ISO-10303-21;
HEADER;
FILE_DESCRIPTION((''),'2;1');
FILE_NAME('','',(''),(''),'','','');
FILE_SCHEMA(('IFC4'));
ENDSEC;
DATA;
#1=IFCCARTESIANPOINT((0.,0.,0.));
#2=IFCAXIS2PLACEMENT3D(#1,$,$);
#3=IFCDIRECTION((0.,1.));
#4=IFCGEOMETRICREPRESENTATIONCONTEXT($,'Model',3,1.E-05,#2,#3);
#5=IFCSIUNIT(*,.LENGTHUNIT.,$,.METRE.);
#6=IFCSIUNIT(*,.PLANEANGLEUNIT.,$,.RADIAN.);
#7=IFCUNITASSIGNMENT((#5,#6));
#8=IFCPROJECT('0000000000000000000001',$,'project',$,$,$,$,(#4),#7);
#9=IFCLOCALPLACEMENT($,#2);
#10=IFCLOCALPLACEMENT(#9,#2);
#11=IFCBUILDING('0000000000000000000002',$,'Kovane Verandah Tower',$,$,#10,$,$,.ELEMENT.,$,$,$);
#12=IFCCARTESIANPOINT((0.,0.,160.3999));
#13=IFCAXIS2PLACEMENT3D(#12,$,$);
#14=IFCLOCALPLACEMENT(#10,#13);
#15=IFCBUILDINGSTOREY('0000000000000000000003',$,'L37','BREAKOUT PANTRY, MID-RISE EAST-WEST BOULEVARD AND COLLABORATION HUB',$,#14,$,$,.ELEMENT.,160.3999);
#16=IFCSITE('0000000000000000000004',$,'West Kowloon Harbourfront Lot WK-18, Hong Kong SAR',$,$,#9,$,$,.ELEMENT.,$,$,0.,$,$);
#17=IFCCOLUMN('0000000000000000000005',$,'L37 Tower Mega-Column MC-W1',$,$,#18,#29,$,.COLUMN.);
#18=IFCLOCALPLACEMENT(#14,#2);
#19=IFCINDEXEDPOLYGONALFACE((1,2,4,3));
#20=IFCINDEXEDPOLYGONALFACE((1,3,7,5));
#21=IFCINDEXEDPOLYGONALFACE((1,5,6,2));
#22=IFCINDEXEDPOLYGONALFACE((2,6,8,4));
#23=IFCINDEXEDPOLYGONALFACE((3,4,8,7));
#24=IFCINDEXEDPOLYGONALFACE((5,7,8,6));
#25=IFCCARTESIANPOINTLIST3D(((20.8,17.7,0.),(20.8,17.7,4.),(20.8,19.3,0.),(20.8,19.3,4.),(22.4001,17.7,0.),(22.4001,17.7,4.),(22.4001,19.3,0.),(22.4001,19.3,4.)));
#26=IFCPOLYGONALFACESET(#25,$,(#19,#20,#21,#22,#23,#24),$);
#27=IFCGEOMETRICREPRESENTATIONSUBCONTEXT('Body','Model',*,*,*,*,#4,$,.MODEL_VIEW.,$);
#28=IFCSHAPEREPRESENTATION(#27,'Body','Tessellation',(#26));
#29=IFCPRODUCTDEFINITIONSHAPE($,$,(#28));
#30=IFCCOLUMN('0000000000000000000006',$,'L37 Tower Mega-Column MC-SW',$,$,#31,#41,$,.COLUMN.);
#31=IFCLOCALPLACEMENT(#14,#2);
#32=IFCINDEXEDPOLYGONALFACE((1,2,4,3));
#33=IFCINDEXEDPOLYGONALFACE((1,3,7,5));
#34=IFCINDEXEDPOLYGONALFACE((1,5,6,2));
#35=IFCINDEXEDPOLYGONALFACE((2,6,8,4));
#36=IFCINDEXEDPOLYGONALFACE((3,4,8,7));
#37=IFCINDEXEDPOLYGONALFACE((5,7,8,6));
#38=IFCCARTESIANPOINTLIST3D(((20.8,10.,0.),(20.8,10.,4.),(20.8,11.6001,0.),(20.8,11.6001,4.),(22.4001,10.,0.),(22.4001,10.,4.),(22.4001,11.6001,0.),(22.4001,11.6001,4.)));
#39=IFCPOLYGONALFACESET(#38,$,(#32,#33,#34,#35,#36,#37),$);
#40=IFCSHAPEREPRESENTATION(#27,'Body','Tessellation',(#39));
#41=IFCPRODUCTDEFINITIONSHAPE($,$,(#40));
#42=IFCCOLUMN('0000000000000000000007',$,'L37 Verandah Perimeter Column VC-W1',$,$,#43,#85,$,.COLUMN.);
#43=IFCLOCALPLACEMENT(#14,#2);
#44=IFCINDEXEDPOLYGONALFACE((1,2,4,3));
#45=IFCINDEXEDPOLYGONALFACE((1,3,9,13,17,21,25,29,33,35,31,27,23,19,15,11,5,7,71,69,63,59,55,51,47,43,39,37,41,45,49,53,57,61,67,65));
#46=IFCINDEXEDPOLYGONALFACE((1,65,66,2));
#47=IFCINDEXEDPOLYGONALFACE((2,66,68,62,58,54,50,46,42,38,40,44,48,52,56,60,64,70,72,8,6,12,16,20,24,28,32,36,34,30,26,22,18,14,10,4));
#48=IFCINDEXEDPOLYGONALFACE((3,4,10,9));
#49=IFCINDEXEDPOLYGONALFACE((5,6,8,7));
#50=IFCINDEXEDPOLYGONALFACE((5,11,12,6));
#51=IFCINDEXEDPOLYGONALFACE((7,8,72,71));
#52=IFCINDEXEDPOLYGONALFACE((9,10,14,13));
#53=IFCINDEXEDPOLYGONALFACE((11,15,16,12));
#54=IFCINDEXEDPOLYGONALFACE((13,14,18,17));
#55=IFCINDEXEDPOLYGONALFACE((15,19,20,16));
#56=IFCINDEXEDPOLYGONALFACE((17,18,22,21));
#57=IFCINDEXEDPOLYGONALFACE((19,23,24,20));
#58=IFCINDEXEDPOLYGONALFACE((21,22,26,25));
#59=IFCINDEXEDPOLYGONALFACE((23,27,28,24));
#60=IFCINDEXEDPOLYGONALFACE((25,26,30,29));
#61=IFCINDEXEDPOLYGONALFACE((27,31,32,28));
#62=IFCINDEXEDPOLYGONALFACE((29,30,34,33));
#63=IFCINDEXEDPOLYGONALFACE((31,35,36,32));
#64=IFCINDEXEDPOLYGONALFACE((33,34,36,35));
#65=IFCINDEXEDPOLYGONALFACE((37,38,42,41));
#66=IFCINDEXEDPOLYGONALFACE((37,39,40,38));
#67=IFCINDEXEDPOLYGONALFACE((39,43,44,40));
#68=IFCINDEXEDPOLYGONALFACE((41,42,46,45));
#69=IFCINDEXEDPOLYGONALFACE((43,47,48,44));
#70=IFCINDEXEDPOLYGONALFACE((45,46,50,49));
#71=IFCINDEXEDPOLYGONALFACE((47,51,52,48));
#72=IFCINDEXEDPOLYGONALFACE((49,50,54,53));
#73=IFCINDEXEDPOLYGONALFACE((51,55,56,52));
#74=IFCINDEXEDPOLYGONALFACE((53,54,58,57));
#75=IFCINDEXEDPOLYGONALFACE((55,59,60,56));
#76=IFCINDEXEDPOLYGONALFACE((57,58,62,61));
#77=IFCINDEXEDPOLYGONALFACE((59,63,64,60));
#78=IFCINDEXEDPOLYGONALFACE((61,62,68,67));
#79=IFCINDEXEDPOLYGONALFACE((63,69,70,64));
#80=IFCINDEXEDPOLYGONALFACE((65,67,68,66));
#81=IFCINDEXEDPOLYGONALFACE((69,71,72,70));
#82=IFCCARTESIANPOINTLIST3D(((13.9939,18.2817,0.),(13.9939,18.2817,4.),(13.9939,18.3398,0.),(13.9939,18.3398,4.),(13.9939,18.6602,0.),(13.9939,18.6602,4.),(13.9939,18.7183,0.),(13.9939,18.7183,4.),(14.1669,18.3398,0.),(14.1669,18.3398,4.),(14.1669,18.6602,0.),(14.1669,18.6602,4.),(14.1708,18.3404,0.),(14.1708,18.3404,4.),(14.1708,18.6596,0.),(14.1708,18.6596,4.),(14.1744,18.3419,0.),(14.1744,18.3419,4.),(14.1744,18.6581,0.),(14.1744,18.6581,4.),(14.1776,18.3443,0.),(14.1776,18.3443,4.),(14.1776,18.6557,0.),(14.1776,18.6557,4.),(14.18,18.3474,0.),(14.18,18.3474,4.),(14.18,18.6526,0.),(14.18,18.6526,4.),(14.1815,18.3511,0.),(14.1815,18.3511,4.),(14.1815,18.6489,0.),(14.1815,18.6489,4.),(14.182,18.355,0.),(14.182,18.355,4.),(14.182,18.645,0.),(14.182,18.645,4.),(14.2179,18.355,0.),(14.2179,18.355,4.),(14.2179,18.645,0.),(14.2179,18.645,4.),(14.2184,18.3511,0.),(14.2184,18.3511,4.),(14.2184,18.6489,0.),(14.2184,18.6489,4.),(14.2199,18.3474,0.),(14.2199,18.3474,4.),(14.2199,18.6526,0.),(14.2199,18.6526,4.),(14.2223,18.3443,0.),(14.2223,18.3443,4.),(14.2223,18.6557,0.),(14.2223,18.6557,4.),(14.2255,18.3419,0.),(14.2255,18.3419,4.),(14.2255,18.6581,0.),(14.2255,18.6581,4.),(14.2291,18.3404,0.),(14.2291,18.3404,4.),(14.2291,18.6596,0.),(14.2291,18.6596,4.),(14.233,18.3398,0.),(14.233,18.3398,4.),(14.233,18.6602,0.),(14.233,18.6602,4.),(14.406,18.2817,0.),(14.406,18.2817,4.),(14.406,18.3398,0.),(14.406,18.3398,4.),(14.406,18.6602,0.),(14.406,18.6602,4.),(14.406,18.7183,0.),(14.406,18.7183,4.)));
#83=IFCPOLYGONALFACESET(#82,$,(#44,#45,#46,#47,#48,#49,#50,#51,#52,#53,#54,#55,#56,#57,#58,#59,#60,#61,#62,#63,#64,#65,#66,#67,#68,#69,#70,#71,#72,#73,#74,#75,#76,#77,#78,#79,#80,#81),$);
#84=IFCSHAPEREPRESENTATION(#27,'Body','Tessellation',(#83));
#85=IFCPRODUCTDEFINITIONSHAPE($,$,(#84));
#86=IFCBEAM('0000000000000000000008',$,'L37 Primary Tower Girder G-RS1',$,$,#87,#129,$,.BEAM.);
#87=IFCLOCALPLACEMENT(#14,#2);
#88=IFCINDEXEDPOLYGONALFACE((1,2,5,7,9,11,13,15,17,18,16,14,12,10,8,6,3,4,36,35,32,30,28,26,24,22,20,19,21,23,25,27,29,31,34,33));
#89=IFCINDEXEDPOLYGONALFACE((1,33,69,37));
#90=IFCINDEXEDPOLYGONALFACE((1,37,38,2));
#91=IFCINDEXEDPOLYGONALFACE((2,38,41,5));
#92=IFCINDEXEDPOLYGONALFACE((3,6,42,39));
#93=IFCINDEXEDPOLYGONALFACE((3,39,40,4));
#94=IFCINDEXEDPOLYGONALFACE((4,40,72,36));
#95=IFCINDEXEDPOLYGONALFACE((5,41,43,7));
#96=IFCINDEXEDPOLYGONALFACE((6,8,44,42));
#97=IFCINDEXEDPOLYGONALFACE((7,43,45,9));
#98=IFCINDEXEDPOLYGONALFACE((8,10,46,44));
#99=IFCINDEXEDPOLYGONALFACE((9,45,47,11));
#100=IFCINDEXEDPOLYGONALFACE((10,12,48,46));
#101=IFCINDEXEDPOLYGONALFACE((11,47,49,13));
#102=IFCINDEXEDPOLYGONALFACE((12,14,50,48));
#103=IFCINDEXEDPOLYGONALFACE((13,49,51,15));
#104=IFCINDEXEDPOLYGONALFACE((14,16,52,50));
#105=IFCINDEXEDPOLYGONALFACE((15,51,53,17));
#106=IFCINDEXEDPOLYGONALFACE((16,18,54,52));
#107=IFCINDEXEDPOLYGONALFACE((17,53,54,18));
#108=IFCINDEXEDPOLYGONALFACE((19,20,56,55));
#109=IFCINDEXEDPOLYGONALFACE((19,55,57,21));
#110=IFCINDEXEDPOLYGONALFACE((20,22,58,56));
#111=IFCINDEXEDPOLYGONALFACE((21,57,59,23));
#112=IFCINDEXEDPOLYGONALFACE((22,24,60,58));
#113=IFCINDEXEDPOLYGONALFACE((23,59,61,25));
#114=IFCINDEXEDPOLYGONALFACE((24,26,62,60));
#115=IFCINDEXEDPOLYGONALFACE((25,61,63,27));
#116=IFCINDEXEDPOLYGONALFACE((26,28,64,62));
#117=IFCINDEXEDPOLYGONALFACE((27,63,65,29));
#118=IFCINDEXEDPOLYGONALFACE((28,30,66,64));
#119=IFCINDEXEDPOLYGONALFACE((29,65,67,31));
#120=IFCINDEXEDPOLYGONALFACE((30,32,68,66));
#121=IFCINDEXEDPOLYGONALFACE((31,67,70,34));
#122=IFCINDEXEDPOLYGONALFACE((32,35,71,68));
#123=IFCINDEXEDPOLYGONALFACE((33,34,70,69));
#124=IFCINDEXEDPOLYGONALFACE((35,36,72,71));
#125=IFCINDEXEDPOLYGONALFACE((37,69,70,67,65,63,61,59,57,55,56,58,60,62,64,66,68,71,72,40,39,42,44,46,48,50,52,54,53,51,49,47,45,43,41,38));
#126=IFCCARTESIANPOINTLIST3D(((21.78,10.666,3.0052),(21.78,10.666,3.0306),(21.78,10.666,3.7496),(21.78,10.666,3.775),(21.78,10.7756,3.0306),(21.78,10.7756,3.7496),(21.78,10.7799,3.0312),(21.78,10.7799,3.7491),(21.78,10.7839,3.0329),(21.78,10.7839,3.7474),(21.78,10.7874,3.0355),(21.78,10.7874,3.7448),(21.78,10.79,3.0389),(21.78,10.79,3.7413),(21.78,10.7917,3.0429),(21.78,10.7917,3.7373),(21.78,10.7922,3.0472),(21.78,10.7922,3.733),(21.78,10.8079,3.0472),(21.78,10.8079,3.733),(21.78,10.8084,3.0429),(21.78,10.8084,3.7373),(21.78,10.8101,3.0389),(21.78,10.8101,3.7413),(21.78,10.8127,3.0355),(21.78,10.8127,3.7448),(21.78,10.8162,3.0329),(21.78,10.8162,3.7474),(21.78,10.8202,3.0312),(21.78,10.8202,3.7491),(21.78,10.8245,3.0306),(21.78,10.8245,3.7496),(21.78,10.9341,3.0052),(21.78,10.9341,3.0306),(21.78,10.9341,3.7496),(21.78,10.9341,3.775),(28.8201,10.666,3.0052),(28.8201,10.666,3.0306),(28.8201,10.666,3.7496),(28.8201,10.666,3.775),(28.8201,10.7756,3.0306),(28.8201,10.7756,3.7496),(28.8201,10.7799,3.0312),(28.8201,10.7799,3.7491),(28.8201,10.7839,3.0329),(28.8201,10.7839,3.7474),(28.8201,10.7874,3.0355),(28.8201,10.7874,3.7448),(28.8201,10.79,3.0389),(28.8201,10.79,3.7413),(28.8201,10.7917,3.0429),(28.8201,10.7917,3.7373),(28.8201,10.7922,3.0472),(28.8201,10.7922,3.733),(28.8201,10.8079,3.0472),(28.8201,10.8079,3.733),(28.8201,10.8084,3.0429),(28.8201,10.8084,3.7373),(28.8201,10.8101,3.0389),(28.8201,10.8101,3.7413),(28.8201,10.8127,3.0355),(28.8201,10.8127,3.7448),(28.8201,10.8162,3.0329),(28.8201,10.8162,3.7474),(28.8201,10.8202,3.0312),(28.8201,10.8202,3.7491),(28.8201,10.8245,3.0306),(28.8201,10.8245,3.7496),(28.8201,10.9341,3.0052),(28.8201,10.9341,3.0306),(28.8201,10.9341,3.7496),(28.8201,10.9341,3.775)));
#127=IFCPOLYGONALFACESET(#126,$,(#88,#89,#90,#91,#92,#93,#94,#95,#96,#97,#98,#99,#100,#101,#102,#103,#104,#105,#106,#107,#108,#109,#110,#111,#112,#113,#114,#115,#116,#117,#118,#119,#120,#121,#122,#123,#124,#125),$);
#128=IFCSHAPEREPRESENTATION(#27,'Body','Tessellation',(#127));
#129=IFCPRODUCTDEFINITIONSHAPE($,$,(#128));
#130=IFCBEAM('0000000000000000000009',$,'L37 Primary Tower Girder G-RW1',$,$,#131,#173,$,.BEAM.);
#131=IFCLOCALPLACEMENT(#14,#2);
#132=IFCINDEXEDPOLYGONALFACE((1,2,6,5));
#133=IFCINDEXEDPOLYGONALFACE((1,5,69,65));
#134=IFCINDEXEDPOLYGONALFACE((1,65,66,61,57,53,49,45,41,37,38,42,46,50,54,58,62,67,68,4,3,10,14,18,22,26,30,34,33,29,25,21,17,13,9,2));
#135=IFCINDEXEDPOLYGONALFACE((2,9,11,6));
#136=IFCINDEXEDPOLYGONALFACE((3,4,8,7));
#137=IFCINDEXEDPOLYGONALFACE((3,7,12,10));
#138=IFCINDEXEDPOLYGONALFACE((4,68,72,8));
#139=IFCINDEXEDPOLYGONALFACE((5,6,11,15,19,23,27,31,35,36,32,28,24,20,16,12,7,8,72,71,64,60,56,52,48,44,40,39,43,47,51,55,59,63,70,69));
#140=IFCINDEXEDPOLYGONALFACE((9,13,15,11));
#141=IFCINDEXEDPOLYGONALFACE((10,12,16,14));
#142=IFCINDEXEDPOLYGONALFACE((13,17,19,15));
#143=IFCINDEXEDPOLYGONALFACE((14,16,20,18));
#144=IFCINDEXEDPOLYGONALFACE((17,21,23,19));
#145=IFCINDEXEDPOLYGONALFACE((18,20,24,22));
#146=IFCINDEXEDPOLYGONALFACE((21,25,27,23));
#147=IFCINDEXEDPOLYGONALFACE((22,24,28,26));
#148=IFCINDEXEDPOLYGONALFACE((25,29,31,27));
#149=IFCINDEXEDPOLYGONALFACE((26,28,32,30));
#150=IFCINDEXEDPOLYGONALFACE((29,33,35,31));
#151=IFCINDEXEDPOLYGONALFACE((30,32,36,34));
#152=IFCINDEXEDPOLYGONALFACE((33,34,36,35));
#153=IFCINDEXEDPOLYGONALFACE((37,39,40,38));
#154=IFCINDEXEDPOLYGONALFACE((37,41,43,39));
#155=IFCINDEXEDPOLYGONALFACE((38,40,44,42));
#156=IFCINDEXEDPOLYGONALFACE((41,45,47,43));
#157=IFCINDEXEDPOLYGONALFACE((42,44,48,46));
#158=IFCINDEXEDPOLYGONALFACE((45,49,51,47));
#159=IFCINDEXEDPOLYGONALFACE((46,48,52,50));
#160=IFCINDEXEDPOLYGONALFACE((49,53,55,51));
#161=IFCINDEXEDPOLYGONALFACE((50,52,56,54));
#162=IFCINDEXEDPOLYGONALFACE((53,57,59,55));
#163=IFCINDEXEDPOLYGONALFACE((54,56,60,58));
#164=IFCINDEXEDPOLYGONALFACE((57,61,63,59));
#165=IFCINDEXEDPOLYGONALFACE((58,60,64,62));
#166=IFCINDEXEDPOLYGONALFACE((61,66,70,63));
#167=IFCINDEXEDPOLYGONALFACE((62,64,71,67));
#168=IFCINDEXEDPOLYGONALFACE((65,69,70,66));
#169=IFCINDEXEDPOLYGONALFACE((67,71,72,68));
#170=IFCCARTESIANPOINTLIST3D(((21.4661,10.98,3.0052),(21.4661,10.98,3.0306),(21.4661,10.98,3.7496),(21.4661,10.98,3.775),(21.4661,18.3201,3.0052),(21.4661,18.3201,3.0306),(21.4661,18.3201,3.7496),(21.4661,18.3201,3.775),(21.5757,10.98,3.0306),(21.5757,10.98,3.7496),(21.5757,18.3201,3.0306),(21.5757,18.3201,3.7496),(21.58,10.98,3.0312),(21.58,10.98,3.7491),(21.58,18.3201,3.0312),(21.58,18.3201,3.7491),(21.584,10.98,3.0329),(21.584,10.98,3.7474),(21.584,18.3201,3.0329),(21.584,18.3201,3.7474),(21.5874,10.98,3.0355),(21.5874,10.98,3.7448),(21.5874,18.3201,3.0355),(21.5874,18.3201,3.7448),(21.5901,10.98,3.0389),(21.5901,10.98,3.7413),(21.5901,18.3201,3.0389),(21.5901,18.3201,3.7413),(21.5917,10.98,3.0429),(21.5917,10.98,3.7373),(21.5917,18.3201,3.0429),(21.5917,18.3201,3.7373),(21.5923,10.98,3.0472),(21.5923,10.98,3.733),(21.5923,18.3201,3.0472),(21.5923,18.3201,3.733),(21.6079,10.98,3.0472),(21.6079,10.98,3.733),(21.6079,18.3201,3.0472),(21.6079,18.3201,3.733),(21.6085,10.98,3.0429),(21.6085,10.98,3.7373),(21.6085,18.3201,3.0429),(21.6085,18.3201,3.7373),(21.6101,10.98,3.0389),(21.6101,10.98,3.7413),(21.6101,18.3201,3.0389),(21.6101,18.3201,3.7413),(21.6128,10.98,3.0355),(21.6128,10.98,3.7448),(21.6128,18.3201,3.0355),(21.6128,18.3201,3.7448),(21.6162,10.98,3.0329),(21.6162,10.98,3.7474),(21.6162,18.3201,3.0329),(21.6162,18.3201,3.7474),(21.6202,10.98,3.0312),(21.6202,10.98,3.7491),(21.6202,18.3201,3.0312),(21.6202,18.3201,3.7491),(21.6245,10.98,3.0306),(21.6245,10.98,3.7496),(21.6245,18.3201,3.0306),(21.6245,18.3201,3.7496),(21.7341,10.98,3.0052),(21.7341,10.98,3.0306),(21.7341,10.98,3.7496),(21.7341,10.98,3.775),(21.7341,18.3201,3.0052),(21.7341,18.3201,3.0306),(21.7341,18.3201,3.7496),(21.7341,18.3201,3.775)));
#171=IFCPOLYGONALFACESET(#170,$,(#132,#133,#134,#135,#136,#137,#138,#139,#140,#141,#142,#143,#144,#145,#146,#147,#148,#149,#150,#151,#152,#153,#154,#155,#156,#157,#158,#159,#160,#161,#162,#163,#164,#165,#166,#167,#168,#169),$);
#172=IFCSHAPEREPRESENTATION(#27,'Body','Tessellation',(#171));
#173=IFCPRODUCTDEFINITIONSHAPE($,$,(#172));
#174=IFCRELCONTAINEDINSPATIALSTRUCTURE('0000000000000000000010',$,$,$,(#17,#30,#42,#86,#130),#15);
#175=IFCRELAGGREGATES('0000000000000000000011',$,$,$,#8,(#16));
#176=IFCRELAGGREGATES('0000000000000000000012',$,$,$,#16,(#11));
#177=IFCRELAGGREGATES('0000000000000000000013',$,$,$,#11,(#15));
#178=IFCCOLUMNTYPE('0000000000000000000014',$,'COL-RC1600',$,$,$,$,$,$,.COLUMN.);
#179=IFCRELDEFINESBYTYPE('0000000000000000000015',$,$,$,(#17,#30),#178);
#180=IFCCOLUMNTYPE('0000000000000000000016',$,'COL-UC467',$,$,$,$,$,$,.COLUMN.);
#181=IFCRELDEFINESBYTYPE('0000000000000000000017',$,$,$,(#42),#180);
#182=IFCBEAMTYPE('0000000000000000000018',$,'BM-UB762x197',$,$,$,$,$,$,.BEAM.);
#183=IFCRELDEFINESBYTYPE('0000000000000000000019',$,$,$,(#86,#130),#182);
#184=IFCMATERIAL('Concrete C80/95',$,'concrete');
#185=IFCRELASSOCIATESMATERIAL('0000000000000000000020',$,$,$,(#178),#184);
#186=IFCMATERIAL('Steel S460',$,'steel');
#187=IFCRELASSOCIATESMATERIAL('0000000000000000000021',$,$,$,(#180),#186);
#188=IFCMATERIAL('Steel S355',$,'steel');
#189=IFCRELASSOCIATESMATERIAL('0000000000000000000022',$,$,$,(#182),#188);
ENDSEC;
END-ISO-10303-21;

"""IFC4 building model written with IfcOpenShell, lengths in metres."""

from ifc_helpers import new_model, si_unit, direction, frame, origin, origin_2d, place, context, subcontext, project, spatial, rectangle, i_section, extrude, material, material_profile, profile_set, type_object, element, save


model = new_model("IFC4")

# Units and contexts
model_context = context("Model", 3, precision=1e-05, world=origin(), true_north=direction((0.0, 1.0)))
body_context = subcontext(model_context, "Body", "Model", "MODEL_VIEW")
ifc_project = project(units=[si_unit("LENGTHUNIT", "METRE"), si_unit("PLANEANGLEUNIT", "RADIAN")], contexts=[model_context])

# Site, building, storey
site_placement = place(None, origin())
site = spatial("IfcSite", under=ifc_project, at=site_placement, Name="West Kowloon Harbourfront Lot WK-18, Hong Kong SAR", CompositionType="ELEMENT", RefElevation=0.0)
building_placement = place(site_placement, origin())
building = spatial("IfcBuilding", under=site, at=building_placement, Name="Kovane Verandah Tower", CompositionType="ELEMENT")
storey_placement = place(building_placement, frame((0.0, 0.0, 160.3999)))
storey = spatial("IfcBuildingStorey", under=building, at=storey_placement, Name="L37", Description="BREAKOUT PANTRY, MID-RISE EAST-WEST BOULEVARD AND COLLABORATION HUB", CompositionType="ELEMENT", Elevation=160.3999)

# Columns
ifc_material_1 = material(Name="Concrete C80/95", Category="concrete")
ifc_material_profile_1 = material_profile(ifc_material_1, rectangle(XDim=1.6001, YDim=1.6001, at=origin_2d()), Name="RC1600x1600")
ifc_profile_set_1 = profile_set([ifc_material_profile_1], Name="Concrete C80/95")
column_type_1 = type_object("IfcColumnType", Name="COL-RC1600", PredefinedType="COLUMN", material=ifc_profile_set_1)
for number, where, z_axis, x_axis, name in (
    (1, (21.6001, 18.5, 0.0), (0.0, 0.0, 1.0), (1.0, 0.0, 0.0), "L37 Tower Mega-Column MC-W1"),
    (2, (21.6001, 10.8, 0.0), (0.0, 0.0, 1.0), (1.0, 0.0, 0.0), "L37 Tower Mega-Column MC-SW"),
):
    element("IfcColumn", number, at=place(storey_placement, frame(where, z_axis=z_axis, x_axis=x_axis)), inside=storey, type_object=column_type_1, Name=name, PredefinedType="COLUMN", context=body_context, shape_type="SweptSolid", body=[
        extrude(rectangle(XDim=1.6001, YDim=1.6001, at=origin_2d()), origin(), (0.0, 0.0, 1.0), 4.0),
    ])
ifc_material_2 = material(Name="Steel S460", Category="steel")
ifc_material_profile_2 = material_profile(ifc_material_2, i_section(OverallWidth=0.4121, OverallDepth=0.4365, WebThickness=0.0359, FlangeThickness=0.0581, FilletRadius=0.0151, at=origin_2d()), Name="UC356x406x467")
ifc_profile_set_2 = profile_set([ifc_material_profile_2], Name="Steel S460")
column_type_2 = type_object("IfcColumnType", Name="COL-UC467", PredefinedType="COLUMN", material=ifc_profile_set_2)
column_placement = place(storey_placement, frame((14.2, 18.5, 0.0), z_axis=(0.0, 0.0, 1.0), x_axis=(1.0, 0.0, 0.0)))
element("IfcColumn", 3, at=column_placement, inside=storey, type_object=column_type_2, Name="L37 Verandah Perimeter Column VC-W1", PredefinedType="COLUMN", context=body_context, shape_type="SweptSolid", body=[
    extrude(i_section(OverallWidth=0.4121, OverallDepth=0.4365, WebThickness=0.0359, FlangeThickness=0.0581, FilletRadius=0.0151, at=origin_2d()), origin(), (0.0, 0.0, 1.0), 4.0),
])

# Beams
ifc_material_3 = material(Name="Steel S355", Category="steel")
ifc_material_profile_3 = material_profile(ifc_material_3, i_section(OverallWidth=0.2681, OverallDepth=0.7698, WebThickness=0.0156, FlangeThickness=0.0254, FilletRadius=0.0166, at=origin_2d()), Name="UB762x267x197")
ifc_profile_set_3 = profile_set([ifc_material_profile_3], Name="Steel S355")
beam_type_1 = type_object("IfcBeamType", Name="BM-UB762x197", PredefinedType="BEAM", material=ifc_profile_set_3)
beam_1_placement = place(storey_placement, frame((21.78, 10.8, 3.3901), z_axis=(1.0, 0.0, 0.0), x_axis=(0.0, 1.0, 0.0)))
element("IfcBeam", 4, at=beam_1_placement, inside=storey, type_object=beam_type_1, Name="L37 Primary Tower Girder G-RS1", PredefinedType="BEAM", context=body_context, shape_type="SweptSolid", body=[
    extrude(i_section(OverallWidth=0.2681, OverallDepth=0.7698, WebThickness=0.0156, FlangeThickness=0.0254, FilletRadius=0.0166, at=origin_2d()), origin(), (0.0, 0.0, 1.0), 7.04),
])
beam_2_placement = place(storey_placement, frame((21.6001, 10.98, 3.3901), z_axis=(0.0, 1.0, 0.0), x_axis=(-1.0, 0.0, 0.0)))
element("IfcBeam", 5, at=beam_2_placement, inside=storey, type_object=beam_type_1, Name="L37 Primary Tower Girder G-RW1", PredefinedType="BEAM", context=body_context, shape_type="SweptSolid", body=[
    extrude(i_section(OverallWidth=0.2681, OverallDepth=0.7698, WebThickness=0.0156, FlangeThickness=0.0254, FilletRadius=0.0166, at=origin_2d()), origin(), (0.0, 0.0, 1.0), 7.3401),
])

save(model, "model.ifc")
